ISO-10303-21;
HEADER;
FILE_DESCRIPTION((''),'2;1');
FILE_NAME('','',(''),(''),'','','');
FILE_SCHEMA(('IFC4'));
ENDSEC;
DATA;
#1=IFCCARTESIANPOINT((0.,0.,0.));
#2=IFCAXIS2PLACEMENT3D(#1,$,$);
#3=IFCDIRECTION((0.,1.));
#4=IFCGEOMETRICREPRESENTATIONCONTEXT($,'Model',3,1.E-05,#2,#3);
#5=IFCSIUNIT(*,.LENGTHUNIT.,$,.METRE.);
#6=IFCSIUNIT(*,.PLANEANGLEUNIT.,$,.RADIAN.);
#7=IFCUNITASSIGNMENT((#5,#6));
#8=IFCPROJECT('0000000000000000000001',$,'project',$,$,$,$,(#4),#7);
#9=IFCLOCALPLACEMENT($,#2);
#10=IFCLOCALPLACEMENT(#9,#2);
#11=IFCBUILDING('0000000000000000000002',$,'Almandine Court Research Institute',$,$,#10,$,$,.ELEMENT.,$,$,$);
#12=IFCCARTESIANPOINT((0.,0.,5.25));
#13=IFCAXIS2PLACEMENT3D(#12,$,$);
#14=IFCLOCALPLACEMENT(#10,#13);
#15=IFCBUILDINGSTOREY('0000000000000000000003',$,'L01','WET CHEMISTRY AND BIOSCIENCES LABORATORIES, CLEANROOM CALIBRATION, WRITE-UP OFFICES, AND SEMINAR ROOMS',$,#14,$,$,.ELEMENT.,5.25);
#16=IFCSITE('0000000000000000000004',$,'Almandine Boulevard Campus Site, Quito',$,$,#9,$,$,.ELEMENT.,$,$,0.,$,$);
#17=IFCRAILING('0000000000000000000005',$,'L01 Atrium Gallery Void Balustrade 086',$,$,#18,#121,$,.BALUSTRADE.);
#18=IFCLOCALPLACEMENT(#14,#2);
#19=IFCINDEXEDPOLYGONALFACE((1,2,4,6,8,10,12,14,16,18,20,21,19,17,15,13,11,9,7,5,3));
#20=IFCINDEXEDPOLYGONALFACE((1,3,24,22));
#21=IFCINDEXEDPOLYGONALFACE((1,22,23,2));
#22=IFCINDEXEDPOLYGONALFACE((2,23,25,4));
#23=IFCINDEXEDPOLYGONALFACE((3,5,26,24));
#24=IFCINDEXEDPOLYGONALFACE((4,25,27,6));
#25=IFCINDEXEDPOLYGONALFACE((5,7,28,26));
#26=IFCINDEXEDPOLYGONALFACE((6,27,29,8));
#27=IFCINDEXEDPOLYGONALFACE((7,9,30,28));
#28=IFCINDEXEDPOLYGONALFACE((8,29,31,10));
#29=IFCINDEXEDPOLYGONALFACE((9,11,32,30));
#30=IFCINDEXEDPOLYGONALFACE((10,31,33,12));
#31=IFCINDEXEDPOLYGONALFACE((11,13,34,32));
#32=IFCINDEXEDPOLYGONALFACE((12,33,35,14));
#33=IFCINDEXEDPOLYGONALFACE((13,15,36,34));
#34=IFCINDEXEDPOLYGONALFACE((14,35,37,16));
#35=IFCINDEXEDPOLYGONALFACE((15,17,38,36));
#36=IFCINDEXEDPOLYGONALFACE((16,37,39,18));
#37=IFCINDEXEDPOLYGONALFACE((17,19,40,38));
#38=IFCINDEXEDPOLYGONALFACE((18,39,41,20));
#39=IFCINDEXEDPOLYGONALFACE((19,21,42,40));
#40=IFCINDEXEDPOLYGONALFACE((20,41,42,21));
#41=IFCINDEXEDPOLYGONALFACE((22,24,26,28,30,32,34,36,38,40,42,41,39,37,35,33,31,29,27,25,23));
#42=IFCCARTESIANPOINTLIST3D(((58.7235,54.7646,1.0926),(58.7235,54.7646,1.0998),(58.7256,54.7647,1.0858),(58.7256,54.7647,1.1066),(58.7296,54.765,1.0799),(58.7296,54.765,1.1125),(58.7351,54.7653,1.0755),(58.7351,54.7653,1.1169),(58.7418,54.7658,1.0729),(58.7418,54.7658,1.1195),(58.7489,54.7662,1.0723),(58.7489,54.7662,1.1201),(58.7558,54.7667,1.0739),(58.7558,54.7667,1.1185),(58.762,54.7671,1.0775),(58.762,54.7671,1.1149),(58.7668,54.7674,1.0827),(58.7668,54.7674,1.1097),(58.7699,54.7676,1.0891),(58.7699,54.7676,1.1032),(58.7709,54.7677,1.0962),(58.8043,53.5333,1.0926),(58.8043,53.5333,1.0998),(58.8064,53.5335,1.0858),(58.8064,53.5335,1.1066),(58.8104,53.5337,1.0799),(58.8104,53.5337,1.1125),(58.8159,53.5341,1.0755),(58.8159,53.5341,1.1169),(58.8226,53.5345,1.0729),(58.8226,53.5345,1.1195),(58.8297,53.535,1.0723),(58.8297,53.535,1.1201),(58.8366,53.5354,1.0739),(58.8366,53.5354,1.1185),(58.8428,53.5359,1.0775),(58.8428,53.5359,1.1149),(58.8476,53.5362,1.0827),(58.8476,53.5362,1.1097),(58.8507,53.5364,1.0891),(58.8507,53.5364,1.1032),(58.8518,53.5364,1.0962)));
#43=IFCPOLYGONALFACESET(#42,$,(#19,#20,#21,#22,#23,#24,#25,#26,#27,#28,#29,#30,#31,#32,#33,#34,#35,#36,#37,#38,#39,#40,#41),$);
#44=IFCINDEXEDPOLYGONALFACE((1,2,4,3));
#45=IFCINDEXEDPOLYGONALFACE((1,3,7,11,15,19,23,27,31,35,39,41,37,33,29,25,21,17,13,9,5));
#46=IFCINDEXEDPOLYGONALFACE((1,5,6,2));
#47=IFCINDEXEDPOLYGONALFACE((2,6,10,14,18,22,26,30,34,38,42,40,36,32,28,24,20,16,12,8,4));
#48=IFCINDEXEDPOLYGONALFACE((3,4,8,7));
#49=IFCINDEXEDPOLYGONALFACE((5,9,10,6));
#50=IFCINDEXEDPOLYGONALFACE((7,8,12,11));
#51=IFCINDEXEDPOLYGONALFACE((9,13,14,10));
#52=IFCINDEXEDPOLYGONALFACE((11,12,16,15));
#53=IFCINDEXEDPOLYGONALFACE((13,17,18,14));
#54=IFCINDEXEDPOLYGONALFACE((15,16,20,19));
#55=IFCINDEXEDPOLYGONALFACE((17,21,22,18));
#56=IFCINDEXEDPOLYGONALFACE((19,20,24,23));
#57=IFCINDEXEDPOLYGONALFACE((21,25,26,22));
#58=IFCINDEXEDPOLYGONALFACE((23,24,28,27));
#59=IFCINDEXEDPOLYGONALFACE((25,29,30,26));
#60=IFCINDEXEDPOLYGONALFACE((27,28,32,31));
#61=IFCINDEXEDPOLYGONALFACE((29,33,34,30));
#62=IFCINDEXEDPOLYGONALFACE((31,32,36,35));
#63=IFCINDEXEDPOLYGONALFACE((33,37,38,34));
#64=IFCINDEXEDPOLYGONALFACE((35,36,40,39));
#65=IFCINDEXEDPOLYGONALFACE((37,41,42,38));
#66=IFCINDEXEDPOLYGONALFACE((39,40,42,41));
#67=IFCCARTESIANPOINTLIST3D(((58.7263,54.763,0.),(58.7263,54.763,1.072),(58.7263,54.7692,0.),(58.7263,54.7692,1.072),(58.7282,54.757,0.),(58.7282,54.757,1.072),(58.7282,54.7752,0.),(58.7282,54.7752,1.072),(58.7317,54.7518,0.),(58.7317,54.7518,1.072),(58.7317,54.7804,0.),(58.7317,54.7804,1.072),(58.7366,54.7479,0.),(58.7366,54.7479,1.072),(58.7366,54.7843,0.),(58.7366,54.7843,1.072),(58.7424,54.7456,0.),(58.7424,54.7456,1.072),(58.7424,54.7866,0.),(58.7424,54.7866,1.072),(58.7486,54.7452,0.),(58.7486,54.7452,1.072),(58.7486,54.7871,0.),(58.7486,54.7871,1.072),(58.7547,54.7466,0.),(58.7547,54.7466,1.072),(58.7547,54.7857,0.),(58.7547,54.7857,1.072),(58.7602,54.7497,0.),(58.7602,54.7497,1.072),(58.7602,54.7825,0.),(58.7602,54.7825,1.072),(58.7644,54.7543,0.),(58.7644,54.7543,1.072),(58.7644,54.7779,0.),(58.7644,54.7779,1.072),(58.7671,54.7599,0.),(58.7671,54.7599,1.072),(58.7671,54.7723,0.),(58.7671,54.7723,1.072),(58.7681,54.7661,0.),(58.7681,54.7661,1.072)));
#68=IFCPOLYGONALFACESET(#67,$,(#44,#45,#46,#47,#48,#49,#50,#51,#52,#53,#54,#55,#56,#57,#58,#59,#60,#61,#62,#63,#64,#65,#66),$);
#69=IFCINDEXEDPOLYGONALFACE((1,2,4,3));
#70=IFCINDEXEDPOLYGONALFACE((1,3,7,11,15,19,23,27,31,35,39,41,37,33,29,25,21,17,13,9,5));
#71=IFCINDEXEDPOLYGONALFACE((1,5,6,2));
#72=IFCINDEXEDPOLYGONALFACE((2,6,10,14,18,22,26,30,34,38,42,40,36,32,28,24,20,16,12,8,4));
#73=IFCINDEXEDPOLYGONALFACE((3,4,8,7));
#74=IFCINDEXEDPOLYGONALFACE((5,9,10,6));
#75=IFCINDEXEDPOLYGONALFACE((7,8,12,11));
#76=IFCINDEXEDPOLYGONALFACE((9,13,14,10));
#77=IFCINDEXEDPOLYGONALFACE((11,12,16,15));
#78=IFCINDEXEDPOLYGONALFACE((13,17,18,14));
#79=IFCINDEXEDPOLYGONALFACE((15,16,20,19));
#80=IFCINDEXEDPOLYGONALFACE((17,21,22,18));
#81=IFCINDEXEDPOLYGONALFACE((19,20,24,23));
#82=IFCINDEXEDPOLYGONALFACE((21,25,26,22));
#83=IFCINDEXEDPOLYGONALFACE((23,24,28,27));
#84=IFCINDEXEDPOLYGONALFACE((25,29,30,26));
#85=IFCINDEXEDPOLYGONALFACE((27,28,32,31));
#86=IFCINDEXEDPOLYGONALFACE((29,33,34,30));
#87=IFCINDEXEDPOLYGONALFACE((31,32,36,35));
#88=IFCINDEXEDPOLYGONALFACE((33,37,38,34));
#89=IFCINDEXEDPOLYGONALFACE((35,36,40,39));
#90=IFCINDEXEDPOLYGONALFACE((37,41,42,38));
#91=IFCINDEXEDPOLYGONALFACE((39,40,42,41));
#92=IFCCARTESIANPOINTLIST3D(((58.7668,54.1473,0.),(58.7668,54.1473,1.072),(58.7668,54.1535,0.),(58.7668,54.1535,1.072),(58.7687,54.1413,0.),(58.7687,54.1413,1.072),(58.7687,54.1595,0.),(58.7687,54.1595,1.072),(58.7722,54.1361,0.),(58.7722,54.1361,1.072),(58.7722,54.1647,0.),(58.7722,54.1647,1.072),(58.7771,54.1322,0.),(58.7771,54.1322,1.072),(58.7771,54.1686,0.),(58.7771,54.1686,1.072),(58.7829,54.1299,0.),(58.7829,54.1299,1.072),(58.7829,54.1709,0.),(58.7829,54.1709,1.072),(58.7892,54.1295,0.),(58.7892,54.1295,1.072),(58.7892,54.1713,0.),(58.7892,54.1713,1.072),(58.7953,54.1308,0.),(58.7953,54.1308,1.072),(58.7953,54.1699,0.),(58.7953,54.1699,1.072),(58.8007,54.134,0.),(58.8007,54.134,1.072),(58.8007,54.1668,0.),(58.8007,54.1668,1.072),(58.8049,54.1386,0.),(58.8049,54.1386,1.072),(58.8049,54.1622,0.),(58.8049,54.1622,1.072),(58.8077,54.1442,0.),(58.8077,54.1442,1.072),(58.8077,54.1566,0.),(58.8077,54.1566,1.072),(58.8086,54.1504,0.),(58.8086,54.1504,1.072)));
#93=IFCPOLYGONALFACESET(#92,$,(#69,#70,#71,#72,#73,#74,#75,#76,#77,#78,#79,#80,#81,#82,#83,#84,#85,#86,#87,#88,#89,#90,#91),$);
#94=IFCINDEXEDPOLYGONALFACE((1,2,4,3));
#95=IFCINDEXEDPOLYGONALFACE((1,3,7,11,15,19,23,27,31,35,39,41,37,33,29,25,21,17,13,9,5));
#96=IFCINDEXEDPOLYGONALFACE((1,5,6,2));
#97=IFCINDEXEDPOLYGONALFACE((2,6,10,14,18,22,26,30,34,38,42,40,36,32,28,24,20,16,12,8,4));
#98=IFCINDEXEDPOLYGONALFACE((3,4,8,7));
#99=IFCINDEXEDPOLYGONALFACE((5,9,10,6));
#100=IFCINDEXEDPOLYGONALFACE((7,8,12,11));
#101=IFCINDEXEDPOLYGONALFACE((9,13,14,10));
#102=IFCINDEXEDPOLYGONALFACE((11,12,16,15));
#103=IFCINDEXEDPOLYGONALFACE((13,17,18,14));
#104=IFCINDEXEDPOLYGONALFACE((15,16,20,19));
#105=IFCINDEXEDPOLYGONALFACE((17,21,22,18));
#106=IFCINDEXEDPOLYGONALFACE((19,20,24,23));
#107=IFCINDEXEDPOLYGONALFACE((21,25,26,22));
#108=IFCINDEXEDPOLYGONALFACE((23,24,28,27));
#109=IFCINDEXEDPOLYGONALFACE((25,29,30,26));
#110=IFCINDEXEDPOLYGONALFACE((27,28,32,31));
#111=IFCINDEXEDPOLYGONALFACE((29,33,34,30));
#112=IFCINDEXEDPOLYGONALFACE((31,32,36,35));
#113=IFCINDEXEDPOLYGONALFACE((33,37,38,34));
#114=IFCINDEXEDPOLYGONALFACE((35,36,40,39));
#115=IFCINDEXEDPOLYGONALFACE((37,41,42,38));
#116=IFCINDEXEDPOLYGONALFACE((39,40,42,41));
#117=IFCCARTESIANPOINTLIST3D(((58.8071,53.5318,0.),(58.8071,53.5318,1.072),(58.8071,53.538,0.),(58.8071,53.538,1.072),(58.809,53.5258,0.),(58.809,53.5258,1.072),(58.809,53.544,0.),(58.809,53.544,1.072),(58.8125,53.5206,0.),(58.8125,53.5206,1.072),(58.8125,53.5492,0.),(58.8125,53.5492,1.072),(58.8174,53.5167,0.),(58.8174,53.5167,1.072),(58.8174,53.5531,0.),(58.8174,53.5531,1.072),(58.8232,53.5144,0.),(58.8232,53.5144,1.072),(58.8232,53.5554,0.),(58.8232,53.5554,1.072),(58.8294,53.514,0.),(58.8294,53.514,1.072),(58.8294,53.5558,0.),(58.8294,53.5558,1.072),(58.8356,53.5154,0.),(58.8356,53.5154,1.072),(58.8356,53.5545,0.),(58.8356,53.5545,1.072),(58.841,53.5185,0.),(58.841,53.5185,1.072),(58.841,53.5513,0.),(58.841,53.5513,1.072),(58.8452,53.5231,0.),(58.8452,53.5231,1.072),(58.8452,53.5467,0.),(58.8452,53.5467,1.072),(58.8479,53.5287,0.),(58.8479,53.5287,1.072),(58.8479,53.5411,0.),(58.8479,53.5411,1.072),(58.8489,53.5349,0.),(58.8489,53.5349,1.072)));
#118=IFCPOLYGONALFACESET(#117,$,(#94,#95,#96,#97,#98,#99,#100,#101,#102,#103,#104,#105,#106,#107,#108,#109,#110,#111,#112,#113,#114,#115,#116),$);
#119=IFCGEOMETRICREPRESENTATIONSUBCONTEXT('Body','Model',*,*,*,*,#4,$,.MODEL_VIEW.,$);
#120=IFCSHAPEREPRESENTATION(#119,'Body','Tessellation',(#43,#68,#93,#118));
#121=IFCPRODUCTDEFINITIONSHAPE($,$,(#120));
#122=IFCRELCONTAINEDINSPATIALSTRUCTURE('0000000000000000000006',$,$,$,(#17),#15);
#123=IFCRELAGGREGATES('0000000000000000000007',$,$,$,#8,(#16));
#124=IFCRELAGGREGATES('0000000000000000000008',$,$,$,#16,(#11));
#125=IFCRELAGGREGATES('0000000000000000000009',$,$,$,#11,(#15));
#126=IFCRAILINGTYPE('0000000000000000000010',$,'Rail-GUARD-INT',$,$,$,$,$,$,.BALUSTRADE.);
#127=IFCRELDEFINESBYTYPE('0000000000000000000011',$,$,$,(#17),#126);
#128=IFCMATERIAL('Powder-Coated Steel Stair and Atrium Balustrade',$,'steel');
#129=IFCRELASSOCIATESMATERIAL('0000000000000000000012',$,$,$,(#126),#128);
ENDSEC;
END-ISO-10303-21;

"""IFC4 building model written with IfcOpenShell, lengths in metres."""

from ifc_helpers import new_model, si_unit, direction, frame, origin, origin_2d, place, context, subcontext, project, spatial, circle, extrude, material, type_object, element, save


model = new_model("IFC4")

# Units and contexts
model_context = context("Model", 3, precision=1e-05, world=origin(), true_north=direction((0.0, 1.0)))
body_context = subcontext(model_context, "Body", "Model", "MODEL_VIEW")
ifc_project = project(units=[si_unit("LENGTHUNIT", "METRE"), si_unit("PLANEANGLEUNIT", "RADIAN")], contexts=[model_context])

# Site, building, storey
site_placement = place(None, origin())
site = spatial("IfcSite", under=ifc_project, at=site_placement, Name="Almandine Boulevard Campus Site, Quito", CompositionType="ELEMENT", RefElevation=0.0)
building_placement = place(site_placement, origin())
building = spatial("IfcBuilding", under=site, at=building_placement, Name="Almandine Court Research Institute", CompositionType="ELEMENT")
storey_placement = place(building_placement, frame((0.0, 0.0, 5.25)))
storey = spatial("IfcBuildingStorey", under=building, at=storey_placement, Name="L01", Description="WET CHEMISTRY AND BIOSCIENCES LABORATORIES, CLEANROOM CALIBRATION, WRITE-UP OFFICES, AND SEMINAR ROOMS", CompositionType="ELEMENT", Elevation=5.25)

# Railing
ifc_material_1 = material(Name="Powder-Coated Steel Stair and Atrium Balustrade", Category="steel")
railing_type = type_object("IfcRailingType", Name="Rail-GUARD-INT", PredefinedType="BALUSTRADE", material=ifc_material_1)
railing_1_placement = place(storey_placement, frame((58.7471, 54.7661, 0.0)))
element("IfcRailing", 1, at=railing_1_placement, inside=storey, type_object=railing_type, Name="L01 Atrium Gallery Void Balustrade 086", PredefinedType="BALUSTRADE", context=body_context, shape_type="SweptSolid", body=[
    extrude(circle(Radius=0.0239, at=origin_2d()), frame((0.0, 0.0, 1.0962), z_axis=(0.065495, -0.997853, 0.0), x_axis=(0.997853, 0.065495, 0.0)), (0.0, 0.0, 1.0), 1.2339),
    extrude(circle(Radius=0.021, at=origin_2d()), origin(), (0.0, 0.0, 1.0), 1.072),
    extrude(circle(Radius=0.021, at=origin_2d()), frame((0.0405, -0.6157, 0.0)), (0.0, 0.0, 1.0), 1.072),
    extrude(circle(Radius=0.021, at=origin_2d()), frame((0.0808, -1.2312, 0.0)), (0.0, 0.0, 1.0), 1.072),
])

save(model, "model.ifc")
